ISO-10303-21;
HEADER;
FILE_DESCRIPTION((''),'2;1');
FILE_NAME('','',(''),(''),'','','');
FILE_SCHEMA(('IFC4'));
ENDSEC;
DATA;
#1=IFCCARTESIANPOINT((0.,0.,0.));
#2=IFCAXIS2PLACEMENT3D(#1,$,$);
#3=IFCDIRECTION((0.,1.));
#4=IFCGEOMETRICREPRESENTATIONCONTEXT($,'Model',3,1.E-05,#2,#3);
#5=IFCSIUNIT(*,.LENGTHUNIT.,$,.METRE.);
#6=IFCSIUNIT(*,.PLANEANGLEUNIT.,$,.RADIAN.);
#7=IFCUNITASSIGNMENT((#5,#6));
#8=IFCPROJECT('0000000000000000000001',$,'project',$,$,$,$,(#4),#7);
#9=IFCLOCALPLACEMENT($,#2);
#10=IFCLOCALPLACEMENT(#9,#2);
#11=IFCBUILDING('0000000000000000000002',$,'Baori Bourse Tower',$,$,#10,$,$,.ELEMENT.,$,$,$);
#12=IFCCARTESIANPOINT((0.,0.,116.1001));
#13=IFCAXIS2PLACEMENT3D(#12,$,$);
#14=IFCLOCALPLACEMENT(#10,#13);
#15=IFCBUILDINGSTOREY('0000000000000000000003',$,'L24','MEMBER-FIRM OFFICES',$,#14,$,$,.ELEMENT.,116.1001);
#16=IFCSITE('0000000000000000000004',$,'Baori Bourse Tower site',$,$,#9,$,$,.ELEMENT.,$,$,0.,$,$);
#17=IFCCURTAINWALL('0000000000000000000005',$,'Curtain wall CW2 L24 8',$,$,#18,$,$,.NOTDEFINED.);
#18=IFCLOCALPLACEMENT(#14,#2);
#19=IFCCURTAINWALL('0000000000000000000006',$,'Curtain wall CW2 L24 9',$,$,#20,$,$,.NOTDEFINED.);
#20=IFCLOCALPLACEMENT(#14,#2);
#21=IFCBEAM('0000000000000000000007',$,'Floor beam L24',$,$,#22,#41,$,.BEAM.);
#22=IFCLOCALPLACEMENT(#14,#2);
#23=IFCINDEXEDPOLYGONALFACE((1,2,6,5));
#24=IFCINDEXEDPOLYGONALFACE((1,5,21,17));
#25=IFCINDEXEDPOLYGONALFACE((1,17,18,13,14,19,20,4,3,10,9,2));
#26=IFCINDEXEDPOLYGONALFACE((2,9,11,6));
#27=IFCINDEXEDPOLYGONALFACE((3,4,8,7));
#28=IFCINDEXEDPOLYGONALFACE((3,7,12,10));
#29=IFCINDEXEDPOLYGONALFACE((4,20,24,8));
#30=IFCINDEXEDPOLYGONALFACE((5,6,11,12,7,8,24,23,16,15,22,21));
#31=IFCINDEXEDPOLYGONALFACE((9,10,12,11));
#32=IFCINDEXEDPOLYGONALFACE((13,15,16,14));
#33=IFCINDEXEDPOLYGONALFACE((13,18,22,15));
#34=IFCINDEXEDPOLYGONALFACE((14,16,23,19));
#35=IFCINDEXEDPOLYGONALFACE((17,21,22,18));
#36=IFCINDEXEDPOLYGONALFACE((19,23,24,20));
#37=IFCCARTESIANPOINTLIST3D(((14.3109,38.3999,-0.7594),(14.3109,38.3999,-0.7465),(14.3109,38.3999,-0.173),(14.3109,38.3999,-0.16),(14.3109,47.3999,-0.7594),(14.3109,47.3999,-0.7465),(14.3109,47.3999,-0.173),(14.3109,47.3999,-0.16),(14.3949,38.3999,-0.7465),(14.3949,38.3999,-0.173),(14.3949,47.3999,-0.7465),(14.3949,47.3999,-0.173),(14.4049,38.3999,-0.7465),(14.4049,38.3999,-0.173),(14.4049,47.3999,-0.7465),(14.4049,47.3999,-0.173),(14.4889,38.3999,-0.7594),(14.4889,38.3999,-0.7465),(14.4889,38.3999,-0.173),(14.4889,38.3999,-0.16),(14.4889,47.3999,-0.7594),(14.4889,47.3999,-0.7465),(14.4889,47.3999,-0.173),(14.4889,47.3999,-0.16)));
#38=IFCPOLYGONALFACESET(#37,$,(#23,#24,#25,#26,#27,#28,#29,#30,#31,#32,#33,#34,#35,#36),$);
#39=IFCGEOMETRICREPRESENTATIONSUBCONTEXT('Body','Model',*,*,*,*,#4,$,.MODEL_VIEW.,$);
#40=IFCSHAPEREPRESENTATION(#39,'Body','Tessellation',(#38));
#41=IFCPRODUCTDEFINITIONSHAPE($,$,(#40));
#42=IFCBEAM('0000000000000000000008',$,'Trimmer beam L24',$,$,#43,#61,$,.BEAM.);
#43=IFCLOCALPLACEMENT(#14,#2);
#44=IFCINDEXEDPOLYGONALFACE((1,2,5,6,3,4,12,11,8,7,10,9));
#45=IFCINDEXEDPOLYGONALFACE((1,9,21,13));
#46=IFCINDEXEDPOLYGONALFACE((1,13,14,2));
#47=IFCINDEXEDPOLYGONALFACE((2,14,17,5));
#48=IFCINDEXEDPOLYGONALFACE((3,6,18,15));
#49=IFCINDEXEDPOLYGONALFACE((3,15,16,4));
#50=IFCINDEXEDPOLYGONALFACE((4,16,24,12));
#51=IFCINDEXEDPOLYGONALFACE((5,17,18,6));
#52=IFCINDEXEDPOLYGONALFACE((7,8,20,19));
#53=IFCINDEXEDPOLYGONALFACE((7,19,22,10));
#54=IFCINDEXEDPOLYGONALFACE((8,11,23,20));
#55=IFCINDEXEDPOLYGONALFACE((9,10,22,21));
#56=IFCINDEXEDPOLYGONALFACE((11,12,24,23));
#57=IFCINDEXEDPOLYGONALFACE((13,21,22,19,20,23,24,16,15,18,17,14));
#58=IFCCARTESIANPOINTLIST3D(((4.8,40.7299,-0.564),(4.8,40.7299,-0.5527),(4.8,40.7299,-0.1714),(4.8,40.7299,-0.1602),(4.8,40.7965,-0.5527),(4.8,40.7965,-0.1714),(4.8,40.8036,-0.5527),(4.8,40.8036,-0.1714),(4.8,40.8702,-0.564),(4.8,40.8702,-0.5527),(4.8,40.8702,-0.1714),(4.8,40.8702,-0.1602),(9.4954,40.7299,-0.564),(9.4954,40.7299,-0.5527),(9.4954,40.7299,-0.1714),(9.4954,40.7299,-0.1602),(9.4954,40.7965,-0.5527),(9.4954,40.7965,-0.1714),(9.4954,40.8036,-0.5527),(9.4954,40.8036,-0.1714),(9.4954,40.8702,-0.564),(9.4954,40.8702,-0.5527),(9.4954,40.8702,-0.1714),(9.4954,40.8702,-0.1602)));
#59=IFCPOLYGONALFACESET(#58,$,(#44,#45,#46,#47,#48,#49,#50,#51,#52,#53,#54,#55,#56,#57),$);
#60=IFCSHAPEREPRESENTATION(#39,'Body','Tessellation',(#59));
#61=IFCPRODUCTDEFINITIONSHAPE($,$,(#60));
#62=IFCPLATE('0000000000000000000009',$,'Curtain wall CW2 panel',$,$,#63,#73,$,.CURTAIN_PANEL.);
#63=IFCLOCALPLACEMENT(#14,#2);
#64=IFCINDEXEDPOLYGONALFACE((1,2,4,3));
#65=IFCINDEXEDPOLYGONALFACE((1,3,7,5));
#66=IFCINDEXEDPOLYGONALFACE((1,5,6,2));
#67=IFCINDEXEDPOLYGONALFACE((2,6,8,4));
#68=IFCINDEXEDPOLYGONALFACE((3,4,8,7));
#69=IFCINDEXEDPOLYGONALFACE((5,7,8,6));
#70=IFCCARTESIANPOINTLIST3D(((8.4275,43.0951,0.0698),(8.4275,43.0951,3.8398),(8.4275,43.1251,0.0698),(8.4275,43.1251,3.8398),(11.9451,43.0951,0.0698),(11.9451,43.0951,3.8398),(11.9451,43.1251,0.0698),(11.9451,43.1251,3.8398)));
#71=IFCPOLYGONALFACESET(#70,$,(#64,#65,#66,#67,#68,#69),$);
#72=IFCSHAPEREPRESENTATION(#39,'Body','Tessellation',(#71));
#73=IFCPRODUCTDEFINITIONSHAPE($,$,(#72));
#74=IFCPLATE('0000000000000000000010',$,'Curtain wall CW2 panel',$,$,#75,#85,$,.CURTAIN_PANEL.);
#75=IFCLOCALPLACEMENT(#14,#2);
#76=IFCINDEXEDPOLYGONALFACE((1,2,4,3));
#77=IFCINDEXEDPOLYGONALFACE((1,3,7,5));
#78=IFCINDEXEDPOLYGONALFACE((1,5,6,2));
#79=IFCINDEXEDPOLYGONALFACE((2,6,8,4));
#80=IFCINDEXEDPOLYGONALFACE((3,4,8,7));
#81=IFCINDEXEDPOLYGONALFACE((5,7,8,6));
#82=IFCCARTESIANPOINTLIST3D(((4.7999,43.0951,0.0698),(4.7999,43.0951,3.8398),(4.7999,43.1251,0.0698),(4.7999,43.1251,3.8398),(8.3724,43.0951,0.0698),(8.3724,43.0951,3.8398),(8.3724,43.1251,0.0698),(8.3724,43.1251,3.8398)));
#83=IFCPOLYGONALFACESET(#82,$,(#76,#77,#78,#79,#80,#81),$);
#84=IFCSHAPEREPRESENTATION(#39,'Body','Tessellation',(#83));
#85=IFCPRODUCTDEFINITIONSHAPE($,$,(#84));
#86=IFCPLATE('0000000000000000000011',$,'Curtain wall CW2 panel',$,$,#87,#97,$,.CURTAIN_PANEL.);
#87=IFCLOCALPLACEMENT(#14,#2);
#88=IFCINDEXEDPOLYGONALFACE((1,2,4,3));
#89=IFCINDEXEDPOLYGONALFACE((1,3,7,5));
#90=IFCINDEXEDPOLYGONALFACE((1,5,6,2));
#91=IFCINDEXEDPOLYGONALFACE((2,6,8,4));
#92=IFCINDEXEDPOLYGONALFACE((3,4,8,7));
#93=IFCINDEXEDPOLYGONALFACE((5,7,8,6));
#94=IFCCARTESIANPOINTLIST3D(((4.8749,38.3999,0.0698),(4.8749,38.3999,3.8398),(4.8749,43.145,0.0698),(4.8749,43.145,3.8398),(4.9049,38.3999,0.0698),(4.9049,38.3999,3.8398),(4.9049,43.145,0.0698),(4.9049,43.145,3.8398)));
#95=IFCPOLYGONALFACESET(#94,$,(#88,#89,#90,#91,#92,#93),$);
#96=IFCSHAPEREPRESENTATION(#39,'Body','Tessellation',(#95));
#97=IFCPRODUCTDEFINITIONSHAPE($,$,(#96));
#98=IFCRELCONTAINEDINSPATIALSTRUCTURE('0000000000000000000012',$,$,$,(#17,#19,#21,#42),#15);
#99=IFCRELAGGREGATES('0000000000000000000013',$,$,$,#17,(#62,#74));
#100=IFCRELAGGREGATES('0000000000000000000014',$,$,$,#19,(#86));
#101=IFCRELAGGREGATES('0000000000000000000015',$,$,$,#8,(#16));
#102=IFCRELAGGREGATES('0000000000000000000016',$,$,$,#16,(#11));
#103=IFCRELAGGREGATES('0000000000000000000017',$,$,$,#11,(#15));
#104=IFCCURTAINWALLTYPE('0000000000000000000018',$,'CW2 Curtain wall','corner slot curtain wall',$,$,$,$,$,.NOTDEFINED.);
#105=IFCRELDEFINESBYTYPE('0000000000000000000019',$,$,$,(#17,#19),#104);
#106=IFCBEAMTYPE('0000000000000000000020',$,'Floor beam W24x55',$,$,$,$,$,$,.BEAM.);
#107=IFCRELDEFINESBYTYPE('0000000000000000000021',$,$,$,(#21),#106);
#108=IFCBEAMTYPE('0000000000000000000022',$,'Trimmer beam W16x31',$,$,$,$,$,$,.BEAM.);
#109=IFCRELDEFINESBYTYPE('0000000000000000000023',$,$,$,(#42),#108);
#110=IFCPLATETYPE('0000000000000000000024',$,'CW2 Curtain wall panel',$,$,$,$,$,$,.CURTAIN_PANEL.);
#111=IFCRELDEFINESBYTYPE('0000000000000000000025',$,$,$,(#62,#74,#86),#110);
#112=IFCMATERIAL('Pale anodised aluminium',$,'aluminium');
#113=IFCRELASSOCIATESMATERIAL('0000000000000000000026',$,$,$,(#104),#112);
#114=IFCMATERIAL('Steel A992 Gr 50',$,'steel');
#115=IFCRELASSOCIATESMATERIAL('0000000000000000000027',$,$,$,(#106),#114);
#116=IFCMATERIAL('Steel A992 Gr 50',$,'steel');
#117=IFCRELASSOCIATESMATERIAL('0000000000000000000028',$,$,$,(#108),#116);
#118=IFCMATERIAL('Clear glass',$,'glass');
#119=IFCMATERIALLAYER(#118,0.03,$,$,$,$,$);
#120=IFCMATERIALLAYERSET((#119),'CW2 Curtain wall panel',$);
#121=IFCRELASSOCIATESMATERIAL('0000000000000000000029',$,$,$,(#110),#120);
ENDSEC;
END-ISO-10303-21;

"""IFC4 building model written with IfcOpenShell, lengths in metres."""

from ifc_helpers import new_model, si_unit, direction, frame, origin, origin_2d, place, context, subcontext, project, spatial, rectangle, i_section, extrude, material, layer, layer_set, material_profile, profile_set, type_object, element, aggregate, save


model = new_model("IFC4")

# Units and contexts
model_context = context("Model", 3, precision=1e-05, world=origin(), true_north=direction((0.0, 1.0)))
body_context = subcontext(model_context, "Body", "Model", "MODEL_VIEW")
ifc_project = project(units=[si_unit("LENGTHUNIT", "METRE"), si_unit("PLANEANGLEUNIT", "RADIAN")], contexts=[model_context])

# Site, building, storey
site_placement = place(None, origin())
site = spatial("IfcSite", under=ifc_project, at=site_placement, Name="Baori Bourse Tower site", CompositionType="ELEMENT", RefElevation=0.0)
building_placement = place(site_placement, origin())
building = spatial("IfcBuilding", under=site, at=building_placement, Name="Baori Bourse Tower", CompositionType="ELEMENT")
storey_placement = place(building_placement, frame((0.0, 0.0, 116.1001)))
storey = spatial("IfcBuildingStorey", under=building, at=storey_placement, Name="L24", Description="MEMBER-FIRM OFFICES", CompositionType="ELEMENT", Elevation=116.1001)

# Curtain wall
ifc_material_1 = material(Name="Pale anodised aluminium", Category="aluminium")
curtain_wall_type = type_object("IfcCurtainWallType", Name="CW2 Curtain wall", Description="corner slot curtain wall", PredefinedType="NOTDEFINED", material=ifc_material_1)
curtain_wall_1_placement = place(storey_placement, origin())
curtain_wall_1 = element("IfcCurtainWall", 1, at=curtain_wall_1_placement, inside=storey, type_object=curtain_wall_type, Name="Curtain wall CW2 L24 8", PredefinedType="NOTDEFINED")

# Curtain wall
curtain_wall_2_placement = place(storey_placement, origin())
curtain_wall_2 = element("IfcCurtainWall", 2, at=curtain_wall_2_placement, inside=storey, type_object=curtain_wall_type, Name="Curtain wall CW2 L24 9", PredefinedType="NOTDEFINED")

# Beams
ifc_material_2 = material(Name="Steel A992 Gr 50", Category="steel")
ifc_material_profile_1 = material_profile(ifc_material_2, i_section(OverallWidth=0.178, OverallDepth=0.5994, WebThickness=0.01, FlangeThickness=0.0129, at=origin_2d()), Name="W24x55")
ifc_profile_set_1 = profile_set([ifc_material_profile_1], Name="Steel A992 Gr 50")
beam_type_1 = type_object("IfcBeamType", Name="Floor beam W24x55", PredefinedType="BEAM", material=ifc_profile_set_1)
beam_1_placement = place(storey_placement, frame((14.3999, 38.3999, -0.4597), z_axis=(0.0, 1.0, 0.0), x_axis=(-1.0, 0.0, 0.0)))
element("IfcBeam", 3, at=beam_1_placement, inside=storey, type_object=beam_type_1, Name="Floor beam L24", PredefinedType="BEAM", context=body_context, shape_type="SweptSolid", body=[
    extrude(i_section(OverallWidth=0.178, OverallDepth=0.5994, WebThickness=0.01, FlangeThickness=0.0129, at=origin_2d()), origin(), (0.0, 0.0, 1.0), 9.0),
])
ifc_material_3 = material(Name="Steel A992 Gr 50", Category="steel")
ifc_material_profile_2 = material_profile(ifc_material_3, i_section(OverallWidth=0.1404, OverallDepth=0.4038, WebThickness=0.0071, FlangeThickness=0.0112, at=origin_2d()), Name="W16x31")
ifc_profile_set_2 = profile_set([ifc_material_profile_2], Name="Steel A992 Gr 50")
beam_type_2 = type_object("IfcBeamType", Name="Trimmer beam W16x31", PredefinedType="BEAM", material=ifc_profile_set_2)
beam_2_placement = place(storey_placement, frame((4.8, 40.8, -0.3621), z_axis=(1.0, 0.0, 0.0), x_axis=(0.0, 1.0, 0.0)))
element("IfcBeam", 4, at=beam_2_placement, inside=storey, type_object=beam_type_2, Name="Trimmer beam L24", PredefinedType="BEAM", context=body_context, shape_type="SweptSolid", body=[
    extrude(i_section(OverallWidth=0.1404, OverallDepth=0.4038, WebThickness=0.0071, FlangeThickness=0.0112, at=origin_2d()), origin(), (0.0, 0.0, 1.0), 4.6953),
])

# Plates
ifc_material_4 = material(Name="Clear glass", Category="glass")
ifc_layer_1 = layer(ifc_material_4, 0.03)
ifc_layer_set_1 = layer_set([ifc_layer_1], Name="CW2 Curtain wall panel")
plate_type = type_object("IfcPlateType", Name="CW2 Curtain wall panel", PredefinedType="CURTAIN_PANEL", material=ifc_layer_set_1)
plate_1_placement = place(storey_placement, frame((10.1863, 43.1101, 0.0698), z_axis=(0.0, 0.0, 1.0), x_axis=(-1.0, 0.0, 0.0)))
plate_1 = element("IfcPlate", 5, at=plate_1_placement, type_object=plate_type, Name="Curtain wall CW2 panel", PredefinedType="CURTAIN_PANEL", context=body_context, shape_type="SweptSolid", body=[
    extrude(rectangle(XDim=3.5176, YDim=0.03, at=origin_2d()), origin(), (0.0, 0.0, 1.0), 3.77),
])
plate_2_placement = place(storey_placement, frame((6.5862, 43.1101, 0.0698), z_axis=(0.0, 0.0, 1.0), x_axis=(-1.0, 0.0, 0.0)))
plate_2 = element("IfcPlate", 6, at=plate_2_placement, type_object=plate_type, Name="Curtain wall CW2 panel", PredefinedType="CURTAIN_PANEL", context=body_context, shape_type="SweptSolid", body=[
    extrude(rectangle(XDim=3.5725, YDim=0.03, at=origin_2d()), origin(), (0.0, 0.0, 1.0), 3.77),
])
aggregate(curtain_wall_1, [plate_1, plate_2])
plate_3_placement = place(storey_placement, frame((4.8899, 40.7725, 0.0698), z_axis=(0.0, 0.0, 1.0), x_axis=(0.0, -1.0, 0.0)))
plate_3 = element("IfcPlate", 7, at=plate_3_placement, type_object=plate_type, Name="Curtain wall CW2 panel", PredefinedType="CURTAIN_PANEL", context=body_context, shape_type="SweptSolid", body=[
    extrude(rectangle(XDim=4.7451, YDim=0.03, at=origin_2d()), origin(), (0.0, 0.0, 1.0), 3.77),
])
aggregate(curtain_wall_2, [plate_3])

save(model, "model.ifc")
